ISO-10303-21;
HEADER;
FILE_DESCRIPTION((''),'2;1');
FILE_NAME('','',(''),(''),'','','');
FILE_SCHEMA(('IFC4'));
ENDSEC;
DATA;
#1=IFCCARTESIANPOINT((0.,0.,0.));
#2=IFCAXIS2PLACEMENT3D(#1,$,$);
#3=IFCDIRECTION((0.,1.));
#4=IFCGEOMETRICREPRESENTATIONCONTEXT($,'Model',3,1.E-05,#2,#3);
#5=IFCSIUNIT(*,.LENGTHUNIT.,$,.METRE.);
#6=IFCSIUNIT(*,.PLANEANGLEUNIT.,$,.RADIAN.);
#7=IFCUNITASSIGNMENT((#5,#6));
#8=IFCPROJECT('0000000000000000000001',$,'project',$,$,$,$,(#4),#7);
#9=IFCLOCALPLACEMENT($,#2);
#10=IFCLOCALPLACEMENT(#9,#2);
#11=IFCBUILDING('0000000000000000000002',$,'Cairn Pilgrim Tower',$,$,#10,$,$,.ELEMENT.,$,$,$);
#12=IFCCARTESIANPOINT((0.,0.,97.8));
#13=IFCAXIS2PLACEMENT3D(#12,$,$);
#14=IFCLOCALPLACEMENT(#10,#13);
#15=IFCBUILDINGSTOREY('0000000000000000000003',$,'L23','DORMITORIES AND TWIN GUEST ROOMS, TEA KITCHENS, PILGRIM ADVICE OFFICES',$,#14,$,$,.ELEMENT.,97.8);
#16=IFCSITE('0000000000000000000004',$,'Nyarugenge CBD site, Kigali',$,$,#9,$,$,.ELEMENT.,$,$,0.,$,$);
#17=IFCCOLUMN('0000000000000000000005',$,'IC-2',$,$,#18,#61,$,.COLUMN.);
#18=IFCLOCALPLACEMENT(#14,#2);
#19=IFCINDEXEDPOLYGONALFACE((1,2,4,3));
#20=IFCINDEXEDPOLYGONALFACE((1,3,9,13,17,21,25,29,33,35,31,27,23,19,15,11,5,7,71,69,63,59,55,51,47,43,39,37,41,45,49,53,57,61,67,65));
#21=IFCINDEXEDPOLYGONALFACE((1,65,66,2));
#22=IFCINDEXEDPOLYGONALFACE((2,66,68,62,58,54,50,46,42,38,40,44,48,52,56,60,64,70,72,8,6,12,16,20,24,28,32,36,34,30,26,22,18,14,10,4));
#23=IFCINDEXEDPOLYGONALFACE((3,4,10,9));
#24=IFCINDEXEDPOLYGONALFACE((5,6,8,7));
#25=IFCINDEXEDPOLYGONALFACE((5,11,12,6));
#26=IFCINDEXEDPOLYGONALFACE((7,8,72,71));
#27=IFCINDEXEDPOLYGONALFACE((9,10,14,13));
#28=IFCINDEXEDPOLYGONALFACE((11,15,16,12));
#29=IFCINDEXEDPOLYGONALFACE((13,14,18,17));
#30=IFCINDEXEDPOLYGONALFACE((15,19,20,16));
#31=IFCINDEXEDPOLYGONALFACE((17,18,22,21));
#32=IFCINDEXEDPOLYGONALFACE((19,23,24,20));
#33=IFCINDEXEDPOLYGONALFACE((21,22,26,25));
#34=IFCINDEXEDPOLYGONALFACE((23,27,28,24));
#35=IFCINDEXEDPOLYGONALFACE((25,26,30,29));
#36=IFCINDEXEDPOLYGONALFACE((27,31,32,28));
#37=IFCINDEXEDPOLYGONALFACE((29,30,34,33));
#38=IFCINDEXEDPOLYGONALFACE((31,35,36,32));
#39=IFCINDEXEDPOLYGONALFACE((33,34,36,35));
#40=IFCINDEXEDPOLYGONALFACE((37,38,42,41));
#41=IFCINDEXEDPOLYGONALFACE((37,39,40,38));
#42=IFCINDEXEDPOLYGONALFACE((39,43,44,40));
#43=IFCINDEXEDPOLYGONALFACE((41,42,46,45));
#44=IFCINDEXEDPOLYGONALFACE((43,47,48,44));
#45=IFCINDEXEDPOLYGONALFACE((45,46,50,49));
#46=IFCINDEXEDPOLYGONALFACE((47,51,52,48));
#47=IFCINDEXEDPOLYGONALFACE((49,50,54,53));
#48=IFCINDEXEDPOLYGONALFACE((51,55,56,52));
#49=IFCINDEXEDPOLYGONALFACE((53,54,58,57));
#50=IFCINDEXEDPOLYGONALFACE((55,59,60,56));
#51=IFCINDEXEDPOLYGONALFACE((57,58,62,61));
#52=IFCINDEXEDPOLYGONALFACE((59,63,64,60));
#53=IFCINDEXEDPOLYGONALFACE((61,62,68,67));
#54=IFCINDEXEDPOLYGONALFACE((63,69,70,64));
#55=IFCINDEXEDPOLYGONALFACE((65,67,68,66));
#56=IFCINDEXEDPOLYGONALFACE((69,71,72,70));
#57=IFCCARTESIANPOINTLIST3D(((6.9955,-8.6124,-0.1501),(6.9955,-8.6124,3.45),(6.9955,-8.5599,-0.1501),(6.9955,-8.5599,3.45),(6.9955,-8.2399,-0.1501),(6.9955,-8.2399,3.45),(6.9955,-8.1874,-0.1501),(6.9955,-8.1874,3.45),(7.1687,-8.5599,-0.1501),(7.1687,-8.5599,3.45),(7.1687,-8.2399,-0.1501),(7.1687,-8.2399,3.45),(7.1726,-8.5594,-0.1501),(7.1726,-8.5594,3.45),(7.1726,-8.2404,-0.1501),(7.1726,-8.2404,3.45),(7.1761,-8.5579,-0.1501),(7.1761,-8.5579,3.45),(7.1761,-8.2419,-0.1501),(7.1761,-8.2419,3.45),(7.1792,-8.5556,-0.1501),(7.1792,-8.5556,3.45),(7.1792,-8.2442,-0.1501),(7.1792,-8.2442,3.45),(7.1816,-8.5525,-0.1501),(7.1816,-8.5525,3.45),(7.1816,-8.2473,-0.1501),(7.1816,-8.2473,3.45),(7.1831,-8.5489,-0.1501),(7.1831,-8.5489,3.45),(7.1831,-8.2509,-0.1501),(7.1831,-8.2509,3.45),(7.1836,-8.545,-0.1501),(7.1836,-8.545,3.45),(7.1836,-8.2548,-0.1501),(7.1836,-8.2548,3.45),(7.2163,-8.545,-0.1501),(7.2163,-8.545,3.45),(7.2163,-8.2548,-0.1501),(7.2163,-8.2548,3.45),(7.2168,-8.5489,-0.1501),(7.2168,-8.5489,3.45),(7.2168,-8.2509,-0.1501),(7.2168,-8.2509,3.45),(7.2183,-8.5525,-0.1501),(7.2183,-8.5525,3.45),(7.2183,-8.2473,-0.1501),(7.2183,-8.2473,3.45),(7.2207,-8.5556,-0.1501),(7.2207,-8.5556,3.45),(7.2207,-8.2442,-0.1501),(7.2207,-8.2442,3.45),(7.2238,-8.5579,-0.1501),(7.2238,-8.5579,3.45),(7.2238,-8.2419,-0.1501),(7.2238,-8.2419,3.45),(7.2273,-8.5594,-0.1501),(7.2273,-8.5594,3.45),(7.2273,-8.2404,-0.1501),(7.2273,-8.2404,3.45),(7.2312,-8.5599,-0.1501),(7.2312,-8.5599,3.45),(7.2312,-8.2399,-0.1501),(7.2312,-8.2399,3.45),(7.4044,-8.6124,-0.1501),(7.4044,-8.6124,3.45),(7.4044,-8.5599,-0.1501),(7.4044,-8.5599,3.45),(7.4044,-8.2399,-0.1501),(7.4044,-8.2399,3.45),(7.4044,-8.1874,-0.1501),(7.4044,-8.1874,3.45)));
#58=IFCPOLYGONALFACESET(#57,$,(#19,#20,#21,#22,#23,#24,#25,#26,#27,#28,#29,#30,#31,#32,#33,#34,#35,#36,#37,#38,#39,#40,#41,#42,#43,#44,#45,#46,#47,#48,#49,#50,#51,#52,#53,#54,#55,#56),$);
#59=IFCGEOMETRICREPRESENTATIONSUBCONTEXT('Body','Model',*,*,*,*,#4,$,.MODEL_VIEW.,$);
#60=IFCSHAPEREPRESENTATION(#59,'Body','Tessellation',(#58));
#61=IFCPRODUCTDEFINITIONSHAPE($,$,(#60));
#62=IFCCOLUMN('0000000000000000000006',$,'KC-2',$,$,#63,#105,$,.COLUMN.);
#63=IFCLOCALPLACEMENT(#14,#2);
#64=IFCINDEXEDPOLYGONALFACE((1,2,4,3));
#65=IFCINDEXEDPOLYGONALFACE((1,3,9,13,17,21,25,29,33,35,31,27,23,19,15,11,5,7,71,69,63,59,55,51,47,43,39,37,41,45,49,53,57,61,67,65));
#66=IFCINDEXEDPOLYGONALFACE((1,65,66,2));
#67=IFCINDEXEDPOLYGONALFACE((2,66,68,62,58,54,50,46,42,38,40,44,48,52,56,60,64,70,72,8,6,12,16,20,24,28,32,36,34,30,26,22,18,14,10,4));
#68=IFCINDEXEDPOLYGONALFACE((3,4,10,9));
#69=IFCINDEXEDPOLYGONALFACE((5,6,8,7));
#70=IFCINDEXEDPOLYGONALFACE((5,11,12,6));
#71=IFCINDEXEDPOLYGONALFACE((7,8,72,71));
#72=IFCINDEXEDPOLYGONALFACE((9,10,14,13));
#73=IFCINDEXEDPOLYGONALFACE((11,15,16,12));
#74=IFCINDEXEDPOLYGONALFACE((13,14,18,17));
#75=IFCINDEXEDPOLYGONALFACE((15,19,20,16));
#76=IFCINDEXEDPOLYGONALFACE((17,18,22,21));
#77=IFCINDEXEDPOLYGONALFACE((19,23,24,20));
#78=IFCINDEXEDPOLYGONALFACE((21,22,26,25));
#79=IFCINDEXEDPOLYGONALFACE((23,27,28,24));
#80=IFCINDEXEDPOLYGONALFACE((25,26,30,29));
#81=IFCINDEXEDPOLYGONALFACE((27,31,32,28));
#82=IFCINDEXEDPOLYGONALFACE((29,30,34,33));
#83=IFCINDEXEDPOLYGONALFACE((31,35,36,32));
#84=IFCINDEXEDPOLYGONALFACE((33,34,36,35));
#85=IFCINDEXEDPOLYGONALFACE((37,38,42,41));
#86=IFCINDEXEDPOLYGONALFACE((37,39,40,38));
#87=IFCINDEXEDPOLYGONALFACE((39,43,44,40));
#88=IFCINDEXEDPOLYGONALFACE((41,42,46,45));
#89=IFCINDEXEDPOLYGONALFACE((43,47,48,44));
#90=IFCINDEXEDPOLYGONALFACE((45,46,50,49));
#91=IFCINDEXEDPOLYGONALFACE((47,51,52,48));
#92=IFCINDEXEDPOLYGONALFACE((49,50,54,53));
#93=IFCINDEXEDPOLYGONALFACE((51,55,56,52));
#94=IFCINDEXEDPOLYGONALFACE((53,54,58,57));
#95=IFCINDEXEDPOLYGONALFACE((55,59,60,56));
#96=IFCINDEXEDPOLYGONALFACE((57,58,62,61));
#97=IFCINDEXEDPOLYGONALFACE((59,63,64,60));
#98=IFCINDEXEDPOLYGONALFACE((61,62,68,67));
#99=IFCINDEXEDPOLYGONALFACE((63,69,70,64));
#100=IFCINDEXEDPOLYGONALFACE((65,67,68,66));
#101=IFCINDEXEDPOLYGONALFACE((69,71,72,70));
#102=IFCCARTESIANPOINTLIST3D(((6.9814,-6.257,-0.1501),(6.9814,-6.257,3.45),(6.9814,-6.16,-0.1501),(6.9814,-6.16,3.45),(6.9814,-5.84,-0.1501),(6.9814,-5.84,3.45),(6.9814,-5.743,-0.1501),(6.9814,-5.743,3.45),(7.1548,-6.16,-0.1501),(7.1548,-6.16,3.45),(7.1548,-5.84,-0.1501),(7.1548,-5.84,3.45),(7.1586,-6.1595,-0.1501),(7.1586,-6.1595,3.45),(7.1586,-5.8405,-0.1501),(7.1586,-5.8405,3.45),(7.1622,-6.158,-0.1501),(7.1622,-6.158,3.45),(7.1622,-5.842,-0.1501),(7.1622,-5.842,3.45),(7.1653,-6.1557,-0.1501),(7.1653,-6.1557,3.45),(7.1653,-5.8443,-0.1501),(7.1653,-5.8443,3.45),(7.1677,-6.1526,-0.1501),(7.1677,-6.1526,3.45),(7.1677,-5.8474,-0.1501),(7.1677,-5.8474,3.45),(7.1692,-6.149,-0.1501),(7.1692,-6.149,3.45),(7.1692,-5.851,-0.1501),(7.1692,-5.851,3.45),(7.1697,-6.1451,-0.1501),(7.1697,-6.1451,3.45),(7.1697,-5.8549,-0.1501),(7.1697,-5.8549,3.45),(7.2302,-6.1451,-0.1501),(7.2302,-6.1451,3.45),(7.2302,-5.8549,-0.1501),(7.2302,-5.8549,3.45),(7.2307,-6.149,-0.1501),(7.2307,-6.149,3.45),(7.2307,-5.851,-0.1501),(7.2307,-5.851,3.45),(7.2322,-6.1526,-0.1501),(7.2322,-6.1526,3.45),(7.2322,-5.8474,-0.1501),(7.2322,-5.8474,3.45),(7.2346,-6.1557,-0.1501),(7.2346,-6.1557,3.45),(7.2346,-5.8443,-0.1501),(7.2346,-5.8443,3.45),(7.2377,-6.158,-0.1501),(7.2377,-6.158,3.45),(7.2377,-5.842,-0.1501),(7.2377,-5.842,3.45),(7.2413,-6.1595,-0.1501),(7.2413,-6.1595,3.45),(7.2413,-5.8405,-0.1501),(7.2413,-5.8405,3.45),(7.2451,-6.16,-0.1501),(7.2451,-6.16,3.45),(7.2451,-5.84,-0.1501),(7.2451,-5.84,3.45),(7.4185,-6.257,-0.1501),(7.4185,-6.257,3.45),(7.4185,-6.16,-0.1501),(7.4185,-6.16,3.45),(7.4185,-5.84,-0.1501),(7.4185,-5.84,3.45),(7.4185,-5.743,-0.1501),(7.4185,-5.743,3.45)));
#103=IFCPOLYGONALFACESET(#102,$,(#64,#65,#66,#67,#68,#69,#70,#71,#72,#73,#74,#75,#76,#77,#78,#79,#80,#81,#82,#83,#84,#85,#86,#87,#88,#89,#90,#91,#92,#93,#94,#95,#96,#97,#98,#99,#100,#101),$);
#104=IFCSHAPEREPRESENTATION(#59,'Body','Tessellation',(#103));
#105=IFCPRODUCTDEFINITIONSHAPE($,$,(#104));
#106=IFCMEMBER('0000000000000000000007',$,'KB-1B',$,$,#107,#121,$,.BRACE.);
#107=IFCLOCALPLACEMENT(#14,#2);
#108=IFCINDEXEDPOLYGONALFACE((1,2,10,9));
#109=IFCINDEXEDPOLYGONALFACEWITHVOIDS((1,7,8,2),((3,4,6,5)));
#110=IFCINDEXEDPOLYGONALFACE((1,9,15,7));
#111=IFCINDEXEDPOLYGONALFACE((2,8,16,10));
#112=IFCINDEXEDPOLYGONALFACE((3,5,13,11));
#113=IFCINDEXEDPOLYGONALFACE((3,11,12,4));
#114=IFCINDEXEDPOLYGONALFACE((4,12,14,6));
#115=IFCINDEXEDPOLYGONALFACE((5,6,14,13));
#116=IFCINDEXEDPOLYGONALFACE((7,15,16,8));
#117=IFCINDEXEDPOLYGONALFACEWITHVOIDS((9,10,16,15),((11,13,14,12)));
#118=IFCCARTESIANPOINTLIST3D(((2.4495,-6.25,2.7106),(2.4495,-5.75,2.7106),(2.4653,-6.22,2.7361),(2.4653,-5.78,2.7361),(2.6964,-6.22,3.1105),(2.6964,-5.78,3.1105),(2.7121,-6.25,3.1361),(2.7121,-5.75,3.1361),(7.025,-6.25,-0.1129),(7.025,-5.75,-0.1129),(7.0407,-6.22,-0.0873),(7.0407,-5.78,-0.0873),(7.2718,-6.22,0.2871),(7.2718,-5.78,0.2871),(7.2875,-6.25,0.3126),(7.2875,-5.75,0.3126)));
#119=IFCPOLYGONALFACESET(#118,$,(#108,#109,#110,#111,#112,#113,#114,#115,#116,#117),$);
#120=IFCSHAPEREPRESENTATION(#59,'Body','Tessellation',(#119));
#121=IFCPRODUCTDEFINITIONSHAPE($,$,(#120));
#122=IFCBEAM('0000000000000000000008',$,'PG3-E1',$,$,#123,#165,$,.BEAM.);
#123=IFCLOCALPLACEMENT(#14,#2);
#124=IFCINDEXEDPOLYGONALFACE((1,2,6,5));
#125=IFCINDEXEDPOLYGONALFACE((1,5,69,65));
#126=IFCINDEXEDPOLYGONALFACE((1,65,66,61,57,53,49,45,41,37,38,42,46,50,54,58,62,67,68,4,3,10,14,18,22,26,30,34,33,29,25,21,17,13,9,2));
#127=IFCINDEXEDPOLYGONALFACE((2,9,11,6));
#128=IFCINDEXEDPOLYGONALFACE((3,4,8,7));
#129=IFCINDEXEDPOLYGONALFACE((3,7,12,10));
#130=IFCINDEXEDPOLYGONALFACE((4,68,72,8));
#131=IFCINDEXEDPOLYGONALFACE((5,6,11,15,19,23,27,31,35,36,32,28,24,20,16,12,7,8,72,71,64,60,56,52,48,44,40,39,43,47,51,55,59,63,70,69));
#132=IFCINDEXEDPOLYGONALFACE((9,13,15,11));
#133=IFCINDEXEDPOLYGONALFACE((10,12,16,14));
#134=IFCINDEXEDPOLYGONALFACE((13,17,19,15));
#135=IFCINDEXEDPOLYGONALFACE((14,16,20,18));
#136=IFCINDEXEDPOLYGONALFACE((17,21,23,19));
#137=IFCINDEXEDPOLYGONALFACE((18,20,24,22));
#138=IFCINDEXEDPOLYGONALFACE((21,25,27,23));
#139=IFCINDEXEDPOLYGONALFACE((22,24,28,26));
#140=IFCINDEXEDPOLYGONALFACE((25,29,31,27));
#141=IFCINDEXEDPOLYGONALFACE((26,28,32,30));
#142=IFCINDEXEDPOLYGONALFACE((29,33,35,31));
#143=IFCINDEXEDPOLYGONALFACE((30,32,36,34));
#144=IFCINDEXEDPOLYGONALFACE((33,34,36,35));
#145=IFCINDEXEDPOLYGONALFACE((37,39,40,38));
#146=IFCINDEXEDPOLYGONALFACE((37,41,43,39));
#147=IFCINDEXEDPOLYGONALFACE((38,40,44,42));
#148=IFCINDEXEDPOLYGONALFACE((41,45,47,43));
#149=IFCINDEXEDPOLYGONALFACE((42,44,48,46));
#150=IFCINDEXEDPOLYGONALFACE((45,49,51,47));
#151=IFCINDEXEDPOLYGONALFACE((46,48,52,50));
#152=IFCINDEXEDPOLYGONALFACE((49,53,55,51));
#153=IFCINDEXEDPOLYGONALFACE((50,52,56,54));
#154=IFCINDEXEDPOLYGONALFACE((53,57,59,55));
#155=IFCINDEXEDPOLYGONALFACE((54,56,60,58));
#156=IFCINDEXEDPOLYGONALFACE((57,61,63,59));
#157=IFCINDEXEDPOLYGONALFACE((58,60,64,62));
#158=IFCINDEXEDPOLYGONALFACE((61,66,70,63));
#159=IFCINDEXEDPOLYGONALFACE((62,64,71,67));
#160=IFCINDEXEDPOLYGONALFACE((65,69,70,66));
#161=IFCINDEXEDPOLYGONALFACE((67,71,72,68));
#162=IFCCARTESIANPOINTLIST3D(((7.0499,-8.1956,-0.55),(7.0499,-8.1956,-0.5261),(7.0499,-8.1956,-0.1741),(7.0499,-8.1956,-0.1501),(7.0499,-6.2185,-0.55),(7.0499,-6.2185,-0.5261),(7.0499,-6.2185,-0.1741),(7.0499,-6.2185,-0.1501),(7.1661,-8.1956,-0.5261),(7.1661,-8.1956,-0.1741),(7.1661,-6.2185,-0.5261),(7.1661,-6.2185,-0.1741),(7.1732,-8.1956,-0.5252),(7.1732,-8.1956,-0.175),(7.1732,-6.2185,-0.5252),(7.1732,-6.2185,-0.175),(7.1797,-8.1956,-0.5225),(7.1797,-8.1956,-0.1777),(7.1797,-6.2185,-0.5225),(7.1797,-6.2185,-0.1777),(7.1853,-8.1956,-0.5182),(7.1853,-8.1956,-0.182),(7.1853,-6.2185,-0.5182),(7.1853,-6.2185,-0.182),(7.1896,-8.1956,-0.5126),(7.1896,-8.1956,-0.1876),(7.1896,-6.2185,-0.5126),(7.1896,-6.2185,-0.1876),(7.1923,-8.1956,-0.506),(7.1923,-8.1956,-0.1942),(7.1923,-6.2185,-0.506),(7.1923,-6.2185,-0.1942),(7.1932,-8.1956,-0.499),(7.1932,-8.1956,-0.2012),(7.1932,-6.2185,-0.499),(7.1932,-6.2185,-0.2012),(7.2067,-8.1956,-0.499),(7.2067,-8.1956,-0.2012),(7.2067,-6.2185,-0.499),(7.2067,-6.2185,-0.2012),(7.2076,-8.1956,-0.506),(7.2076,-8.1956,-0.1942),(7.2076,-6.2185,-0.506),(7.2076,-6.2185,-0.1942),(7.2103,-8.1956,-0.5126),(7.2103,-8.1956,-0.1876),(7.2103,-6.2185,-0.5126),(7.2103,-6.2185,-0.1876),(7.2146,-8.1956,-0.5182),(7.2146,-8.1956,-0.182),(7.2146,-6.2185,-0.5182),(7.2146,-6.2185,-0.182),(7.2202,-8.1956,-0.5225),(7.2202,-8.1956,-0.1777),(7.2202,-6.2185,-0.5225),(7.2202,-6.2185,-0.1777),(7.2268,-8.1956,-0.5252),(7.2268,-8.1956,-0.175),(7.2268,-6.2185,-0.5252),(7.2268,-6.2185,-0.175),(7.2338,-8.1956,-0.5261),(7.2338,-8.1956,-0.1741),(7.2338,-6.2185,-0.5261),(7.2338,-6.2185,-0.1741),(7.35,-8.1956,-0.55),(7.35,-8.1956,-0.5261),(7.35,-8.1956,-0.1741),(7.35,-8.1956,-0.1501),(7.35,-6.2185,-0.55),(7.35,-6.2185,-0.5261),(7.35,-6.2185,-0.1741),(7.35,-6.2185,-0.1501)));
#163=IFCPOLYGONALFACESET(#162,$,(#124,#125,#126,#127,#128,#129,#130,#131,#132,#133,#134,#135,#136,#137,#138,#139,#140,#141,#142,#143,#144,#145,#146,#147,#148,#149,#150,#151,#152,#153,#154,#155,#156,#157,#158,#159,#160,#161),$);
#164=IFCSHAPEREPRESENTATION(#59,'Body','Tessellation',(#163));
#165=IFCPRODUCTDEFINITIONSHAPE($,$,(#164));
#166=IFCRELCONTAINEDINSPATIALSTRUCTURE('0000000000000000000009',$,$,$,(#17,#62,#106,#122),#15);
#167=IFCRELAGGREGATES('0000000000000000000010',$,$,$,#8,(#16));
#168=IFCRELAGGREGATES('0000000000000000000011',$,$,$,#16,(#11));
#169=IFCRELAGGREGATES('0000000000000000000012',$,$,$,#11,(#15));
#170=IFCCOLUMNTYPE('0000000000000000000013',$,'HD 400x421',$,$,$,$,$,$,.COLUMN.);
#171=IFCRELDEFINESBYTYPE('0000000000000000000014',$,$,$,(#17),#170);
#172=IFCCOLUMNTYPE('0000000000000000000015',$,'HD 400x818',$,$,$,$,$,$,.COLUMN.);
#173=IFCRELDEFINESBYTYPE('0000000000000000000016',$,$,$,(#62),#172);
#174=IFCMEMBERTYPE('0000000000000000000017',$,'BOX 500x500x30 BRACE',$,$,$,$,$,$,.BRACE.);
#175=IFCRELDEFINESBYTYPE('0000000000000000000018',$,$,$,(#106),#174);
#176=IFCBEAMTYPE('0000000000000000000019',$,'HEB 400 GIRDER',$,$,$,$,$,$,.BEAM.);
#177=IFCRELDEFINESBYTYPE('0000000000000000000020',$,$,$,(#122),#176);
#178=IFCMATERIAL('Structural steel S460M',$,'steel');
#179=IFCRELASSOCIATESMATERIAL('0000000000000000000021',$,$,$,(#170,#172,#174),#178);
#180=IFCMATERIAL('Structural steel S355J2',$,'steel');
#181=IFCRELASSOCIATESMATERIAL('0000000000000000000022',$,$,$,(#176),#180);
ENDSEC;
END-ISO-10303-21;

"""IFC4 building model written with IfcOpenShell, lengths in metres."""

from ifc_helpers import new_model, si_unit, direction, frame, origin, origin_2d, place, context, subcontext, project, spatial, hollow_rectangle, i_section, extrude, material, material_profile, profile_set, type_object, element, save


model = new_model("IFC4")

# Units and contexts
model_context = context("Model", 3, precision=1e-05, world=origin(), true_north=direction((0.0, 1.0)))
body_context = subcontext(model_context, "Body", "Model", "MODEL_VIEW")
ifc_project = project(units=[si_unit("LENGTHUNIT", "METRE"), si_unit("PLANEANGLEUNIT", "RADIAN")], contexts=[model_context])

# Site, building, storey
site_placement = place(None, origin())
site = spatial("IfcSite", under=ifc_project, at=site_placement, Name="Nyarugenge CBD site, Kigali", CompositionType="ELEMENT", RefElevation=0.0)
building_placement = place(site_placement, origin())
building = spatial("IfcBuilding", under=site, at=building_placement, Name="Cairn Pilgrim Tower", CompositionType="ELEMENT")
storey_placement = place(building_placement, frame((0.0, 0.0, 97.8)))
storey = spatial("IfcBuildingStorey", under=building, at=storey_placement, Name="L23", Description="DORMITORIES AND TWIN GUEST ROOMS, TEA KITCHENS, PILGRIM ADVICE OFFICES", CompositionType="ELEMENT", Elevation=97.8)

# Columns
ifc_material_1 = material(Name="Structural steel S460M", Category="steel")
ifc_material_profile_1 = material_profile(ifc_material_1, i_section(OverallWidth=0.4089, OverallDepth=0.425, WebThickness=0.0327, FlangeThickness=0.0525, FilletRadius=0.0149, at=origin_2d()), Name="HD 400x421")
ifc_profile_set_1 = profile_set([ifc_material_profile_1], Name="Structural steel S460M")
column_type_1 = type_object("IfcColumnType", Name="HD 400x421", PredefinedType="COLUMN", material=ifc_profile_set_1)
column_1_placement = place(storey_placement, frame((7.2, -8.3999, -0.1501), z_axis=(0.0, 0.0, 1.0), x_axis=(1.0, 0.0, 0.0)))
element("IfcColumn", 1, at=column_1_placement, inside=storey, type_object=column_type_1, Name="IC-2", PredefinedType="COLUMN", context=body_context, shape_type="SweptSolid", body=[
    extrude(i_section(OverallWidth=0.4089, OverallDepth=0.425, WebThickness=0.0327, FlangeThickness=0.0525, FilletRadius=0.0149, at=origin_2d()), origin(), (0.0, 0.0, 1.0), 3.6001),
])
ifc_material_profile_2 = material_profile(ifc_material_1, i_section(OverallWidth=0.437, OverallDepth=0.5139, WebThickness=0.0605, FlangeThickness=0.0969, FilletRadius=0.0149, at=origin_2d()), Name="HD 400x818")
ifc_profile_set_2 = profile_set([ifc_material_profile_2], Name="Structural steel S460M")
column_type_2 = type_object("IfcColumnType", Name="HD 400x818", PredefinedType="COLUMN", material=ifc_profile_set_2)
column_2_placement = place(storey_placement, frame((7.2, -6.0, -0.1501), z_axis=(0.0, 0.0, 1.0), x_axis=(1.0, 0.0, 0.0)))
element("IfcColumn", 2, at=column_2_placement, inside=storey, type_object=column_type_2, Name="KC-2", PredefinedType="COLUMN", context=body_context, shape_type="SweptSolid", body=[
    extrude(i_section(OverallWidth=0.437, OverallDepth=0.5139, WebThickness=0.0605, FlangeThickness=0.0969, FilletRadius=0.0149, at=origin_2d()), origin(), (0.0, 0.0, 1.0), 3.6001),
])

# Member
ifc_material_profile_3 = material_profile(ifc_material_1, hollow_rectangle(XDim=0.5, YDim=0.5, WallThickness=0.03, at=origin_2d()), Name="BOX 500x500x30")
ifc_profile_set_3 = profile_set([ifc_material_profile_3], Name="Structural steel S460M")
member_type = type_object("IfcMemberType", Name="BOX 500x500x30 BRACE", PredefinedType="BRACE", material=ifc_profile_set_3)
member_placement = place(storey_placement, frame((7.1562, -6.0, 0.0999), z_axis=(-0.851008, 0.0, 0.525154), x_axis=(0.0, -1.0, 0.0)))
element("IfcMember", 3, at=member_placement, inside=storey, type_object=member_type, Name="KB-1B", PredefinedType="BRACE", context=body_context, shape_type="SweptSolid", body=[
    extrude(hollow_rectangle(XDim=0.5, YDim=0.5, WallThickness=0.03, at=origin_2d()), origin(), (0.0, 0.0, 1.0), 5.3765),
])

# Beam
ifc_material_2 = material(Name="Structural steel S355J2", Category="steel")
ifc_material_profile_4 = material_profile(ifc_material_2, i_section(OverallWidth=0.3, OverallDepth=0.3999, WebThickness=0.0134, FlangeThickness=0.0239, FilletRadius=0.0271, at=origin_2d()), Name="HEB 400")
ifc_profile_set_4 = profile_set([ifc_material_profile_4], Name="Structural steel S355J2")
beam_type_1 = type_object("IfcBeamType", Name="HEB 400 GIRDER", PredefinedType="BEAM", material=ifc_profile_set_4)
beam_1_placement = place(storey_placement, frame((7.2, -8.1956, -0.3501), z_axis=(0.0, 1.0, 0.0), x_axis=(-1.0, 0.0, 0.0)))
element("IfcBeam", 4, at=beam_1_placement, inside=storey, type_object=beam_type_1, Name="PG3-E1", PredefinedType="BEAM", context=body_context, shape_type="SweptSolid", body=[
    extrude(i_section(OverallWidth=0.3, OverallDepth=0.3999, WebThickness=0.0134, FlangeThickness=0.0239, FilletRadius=0.0271, at=origin_2d()), origin(), (0.0, 0.0, 1.0), 1.9771),
])

save(model, "model.ifc")
